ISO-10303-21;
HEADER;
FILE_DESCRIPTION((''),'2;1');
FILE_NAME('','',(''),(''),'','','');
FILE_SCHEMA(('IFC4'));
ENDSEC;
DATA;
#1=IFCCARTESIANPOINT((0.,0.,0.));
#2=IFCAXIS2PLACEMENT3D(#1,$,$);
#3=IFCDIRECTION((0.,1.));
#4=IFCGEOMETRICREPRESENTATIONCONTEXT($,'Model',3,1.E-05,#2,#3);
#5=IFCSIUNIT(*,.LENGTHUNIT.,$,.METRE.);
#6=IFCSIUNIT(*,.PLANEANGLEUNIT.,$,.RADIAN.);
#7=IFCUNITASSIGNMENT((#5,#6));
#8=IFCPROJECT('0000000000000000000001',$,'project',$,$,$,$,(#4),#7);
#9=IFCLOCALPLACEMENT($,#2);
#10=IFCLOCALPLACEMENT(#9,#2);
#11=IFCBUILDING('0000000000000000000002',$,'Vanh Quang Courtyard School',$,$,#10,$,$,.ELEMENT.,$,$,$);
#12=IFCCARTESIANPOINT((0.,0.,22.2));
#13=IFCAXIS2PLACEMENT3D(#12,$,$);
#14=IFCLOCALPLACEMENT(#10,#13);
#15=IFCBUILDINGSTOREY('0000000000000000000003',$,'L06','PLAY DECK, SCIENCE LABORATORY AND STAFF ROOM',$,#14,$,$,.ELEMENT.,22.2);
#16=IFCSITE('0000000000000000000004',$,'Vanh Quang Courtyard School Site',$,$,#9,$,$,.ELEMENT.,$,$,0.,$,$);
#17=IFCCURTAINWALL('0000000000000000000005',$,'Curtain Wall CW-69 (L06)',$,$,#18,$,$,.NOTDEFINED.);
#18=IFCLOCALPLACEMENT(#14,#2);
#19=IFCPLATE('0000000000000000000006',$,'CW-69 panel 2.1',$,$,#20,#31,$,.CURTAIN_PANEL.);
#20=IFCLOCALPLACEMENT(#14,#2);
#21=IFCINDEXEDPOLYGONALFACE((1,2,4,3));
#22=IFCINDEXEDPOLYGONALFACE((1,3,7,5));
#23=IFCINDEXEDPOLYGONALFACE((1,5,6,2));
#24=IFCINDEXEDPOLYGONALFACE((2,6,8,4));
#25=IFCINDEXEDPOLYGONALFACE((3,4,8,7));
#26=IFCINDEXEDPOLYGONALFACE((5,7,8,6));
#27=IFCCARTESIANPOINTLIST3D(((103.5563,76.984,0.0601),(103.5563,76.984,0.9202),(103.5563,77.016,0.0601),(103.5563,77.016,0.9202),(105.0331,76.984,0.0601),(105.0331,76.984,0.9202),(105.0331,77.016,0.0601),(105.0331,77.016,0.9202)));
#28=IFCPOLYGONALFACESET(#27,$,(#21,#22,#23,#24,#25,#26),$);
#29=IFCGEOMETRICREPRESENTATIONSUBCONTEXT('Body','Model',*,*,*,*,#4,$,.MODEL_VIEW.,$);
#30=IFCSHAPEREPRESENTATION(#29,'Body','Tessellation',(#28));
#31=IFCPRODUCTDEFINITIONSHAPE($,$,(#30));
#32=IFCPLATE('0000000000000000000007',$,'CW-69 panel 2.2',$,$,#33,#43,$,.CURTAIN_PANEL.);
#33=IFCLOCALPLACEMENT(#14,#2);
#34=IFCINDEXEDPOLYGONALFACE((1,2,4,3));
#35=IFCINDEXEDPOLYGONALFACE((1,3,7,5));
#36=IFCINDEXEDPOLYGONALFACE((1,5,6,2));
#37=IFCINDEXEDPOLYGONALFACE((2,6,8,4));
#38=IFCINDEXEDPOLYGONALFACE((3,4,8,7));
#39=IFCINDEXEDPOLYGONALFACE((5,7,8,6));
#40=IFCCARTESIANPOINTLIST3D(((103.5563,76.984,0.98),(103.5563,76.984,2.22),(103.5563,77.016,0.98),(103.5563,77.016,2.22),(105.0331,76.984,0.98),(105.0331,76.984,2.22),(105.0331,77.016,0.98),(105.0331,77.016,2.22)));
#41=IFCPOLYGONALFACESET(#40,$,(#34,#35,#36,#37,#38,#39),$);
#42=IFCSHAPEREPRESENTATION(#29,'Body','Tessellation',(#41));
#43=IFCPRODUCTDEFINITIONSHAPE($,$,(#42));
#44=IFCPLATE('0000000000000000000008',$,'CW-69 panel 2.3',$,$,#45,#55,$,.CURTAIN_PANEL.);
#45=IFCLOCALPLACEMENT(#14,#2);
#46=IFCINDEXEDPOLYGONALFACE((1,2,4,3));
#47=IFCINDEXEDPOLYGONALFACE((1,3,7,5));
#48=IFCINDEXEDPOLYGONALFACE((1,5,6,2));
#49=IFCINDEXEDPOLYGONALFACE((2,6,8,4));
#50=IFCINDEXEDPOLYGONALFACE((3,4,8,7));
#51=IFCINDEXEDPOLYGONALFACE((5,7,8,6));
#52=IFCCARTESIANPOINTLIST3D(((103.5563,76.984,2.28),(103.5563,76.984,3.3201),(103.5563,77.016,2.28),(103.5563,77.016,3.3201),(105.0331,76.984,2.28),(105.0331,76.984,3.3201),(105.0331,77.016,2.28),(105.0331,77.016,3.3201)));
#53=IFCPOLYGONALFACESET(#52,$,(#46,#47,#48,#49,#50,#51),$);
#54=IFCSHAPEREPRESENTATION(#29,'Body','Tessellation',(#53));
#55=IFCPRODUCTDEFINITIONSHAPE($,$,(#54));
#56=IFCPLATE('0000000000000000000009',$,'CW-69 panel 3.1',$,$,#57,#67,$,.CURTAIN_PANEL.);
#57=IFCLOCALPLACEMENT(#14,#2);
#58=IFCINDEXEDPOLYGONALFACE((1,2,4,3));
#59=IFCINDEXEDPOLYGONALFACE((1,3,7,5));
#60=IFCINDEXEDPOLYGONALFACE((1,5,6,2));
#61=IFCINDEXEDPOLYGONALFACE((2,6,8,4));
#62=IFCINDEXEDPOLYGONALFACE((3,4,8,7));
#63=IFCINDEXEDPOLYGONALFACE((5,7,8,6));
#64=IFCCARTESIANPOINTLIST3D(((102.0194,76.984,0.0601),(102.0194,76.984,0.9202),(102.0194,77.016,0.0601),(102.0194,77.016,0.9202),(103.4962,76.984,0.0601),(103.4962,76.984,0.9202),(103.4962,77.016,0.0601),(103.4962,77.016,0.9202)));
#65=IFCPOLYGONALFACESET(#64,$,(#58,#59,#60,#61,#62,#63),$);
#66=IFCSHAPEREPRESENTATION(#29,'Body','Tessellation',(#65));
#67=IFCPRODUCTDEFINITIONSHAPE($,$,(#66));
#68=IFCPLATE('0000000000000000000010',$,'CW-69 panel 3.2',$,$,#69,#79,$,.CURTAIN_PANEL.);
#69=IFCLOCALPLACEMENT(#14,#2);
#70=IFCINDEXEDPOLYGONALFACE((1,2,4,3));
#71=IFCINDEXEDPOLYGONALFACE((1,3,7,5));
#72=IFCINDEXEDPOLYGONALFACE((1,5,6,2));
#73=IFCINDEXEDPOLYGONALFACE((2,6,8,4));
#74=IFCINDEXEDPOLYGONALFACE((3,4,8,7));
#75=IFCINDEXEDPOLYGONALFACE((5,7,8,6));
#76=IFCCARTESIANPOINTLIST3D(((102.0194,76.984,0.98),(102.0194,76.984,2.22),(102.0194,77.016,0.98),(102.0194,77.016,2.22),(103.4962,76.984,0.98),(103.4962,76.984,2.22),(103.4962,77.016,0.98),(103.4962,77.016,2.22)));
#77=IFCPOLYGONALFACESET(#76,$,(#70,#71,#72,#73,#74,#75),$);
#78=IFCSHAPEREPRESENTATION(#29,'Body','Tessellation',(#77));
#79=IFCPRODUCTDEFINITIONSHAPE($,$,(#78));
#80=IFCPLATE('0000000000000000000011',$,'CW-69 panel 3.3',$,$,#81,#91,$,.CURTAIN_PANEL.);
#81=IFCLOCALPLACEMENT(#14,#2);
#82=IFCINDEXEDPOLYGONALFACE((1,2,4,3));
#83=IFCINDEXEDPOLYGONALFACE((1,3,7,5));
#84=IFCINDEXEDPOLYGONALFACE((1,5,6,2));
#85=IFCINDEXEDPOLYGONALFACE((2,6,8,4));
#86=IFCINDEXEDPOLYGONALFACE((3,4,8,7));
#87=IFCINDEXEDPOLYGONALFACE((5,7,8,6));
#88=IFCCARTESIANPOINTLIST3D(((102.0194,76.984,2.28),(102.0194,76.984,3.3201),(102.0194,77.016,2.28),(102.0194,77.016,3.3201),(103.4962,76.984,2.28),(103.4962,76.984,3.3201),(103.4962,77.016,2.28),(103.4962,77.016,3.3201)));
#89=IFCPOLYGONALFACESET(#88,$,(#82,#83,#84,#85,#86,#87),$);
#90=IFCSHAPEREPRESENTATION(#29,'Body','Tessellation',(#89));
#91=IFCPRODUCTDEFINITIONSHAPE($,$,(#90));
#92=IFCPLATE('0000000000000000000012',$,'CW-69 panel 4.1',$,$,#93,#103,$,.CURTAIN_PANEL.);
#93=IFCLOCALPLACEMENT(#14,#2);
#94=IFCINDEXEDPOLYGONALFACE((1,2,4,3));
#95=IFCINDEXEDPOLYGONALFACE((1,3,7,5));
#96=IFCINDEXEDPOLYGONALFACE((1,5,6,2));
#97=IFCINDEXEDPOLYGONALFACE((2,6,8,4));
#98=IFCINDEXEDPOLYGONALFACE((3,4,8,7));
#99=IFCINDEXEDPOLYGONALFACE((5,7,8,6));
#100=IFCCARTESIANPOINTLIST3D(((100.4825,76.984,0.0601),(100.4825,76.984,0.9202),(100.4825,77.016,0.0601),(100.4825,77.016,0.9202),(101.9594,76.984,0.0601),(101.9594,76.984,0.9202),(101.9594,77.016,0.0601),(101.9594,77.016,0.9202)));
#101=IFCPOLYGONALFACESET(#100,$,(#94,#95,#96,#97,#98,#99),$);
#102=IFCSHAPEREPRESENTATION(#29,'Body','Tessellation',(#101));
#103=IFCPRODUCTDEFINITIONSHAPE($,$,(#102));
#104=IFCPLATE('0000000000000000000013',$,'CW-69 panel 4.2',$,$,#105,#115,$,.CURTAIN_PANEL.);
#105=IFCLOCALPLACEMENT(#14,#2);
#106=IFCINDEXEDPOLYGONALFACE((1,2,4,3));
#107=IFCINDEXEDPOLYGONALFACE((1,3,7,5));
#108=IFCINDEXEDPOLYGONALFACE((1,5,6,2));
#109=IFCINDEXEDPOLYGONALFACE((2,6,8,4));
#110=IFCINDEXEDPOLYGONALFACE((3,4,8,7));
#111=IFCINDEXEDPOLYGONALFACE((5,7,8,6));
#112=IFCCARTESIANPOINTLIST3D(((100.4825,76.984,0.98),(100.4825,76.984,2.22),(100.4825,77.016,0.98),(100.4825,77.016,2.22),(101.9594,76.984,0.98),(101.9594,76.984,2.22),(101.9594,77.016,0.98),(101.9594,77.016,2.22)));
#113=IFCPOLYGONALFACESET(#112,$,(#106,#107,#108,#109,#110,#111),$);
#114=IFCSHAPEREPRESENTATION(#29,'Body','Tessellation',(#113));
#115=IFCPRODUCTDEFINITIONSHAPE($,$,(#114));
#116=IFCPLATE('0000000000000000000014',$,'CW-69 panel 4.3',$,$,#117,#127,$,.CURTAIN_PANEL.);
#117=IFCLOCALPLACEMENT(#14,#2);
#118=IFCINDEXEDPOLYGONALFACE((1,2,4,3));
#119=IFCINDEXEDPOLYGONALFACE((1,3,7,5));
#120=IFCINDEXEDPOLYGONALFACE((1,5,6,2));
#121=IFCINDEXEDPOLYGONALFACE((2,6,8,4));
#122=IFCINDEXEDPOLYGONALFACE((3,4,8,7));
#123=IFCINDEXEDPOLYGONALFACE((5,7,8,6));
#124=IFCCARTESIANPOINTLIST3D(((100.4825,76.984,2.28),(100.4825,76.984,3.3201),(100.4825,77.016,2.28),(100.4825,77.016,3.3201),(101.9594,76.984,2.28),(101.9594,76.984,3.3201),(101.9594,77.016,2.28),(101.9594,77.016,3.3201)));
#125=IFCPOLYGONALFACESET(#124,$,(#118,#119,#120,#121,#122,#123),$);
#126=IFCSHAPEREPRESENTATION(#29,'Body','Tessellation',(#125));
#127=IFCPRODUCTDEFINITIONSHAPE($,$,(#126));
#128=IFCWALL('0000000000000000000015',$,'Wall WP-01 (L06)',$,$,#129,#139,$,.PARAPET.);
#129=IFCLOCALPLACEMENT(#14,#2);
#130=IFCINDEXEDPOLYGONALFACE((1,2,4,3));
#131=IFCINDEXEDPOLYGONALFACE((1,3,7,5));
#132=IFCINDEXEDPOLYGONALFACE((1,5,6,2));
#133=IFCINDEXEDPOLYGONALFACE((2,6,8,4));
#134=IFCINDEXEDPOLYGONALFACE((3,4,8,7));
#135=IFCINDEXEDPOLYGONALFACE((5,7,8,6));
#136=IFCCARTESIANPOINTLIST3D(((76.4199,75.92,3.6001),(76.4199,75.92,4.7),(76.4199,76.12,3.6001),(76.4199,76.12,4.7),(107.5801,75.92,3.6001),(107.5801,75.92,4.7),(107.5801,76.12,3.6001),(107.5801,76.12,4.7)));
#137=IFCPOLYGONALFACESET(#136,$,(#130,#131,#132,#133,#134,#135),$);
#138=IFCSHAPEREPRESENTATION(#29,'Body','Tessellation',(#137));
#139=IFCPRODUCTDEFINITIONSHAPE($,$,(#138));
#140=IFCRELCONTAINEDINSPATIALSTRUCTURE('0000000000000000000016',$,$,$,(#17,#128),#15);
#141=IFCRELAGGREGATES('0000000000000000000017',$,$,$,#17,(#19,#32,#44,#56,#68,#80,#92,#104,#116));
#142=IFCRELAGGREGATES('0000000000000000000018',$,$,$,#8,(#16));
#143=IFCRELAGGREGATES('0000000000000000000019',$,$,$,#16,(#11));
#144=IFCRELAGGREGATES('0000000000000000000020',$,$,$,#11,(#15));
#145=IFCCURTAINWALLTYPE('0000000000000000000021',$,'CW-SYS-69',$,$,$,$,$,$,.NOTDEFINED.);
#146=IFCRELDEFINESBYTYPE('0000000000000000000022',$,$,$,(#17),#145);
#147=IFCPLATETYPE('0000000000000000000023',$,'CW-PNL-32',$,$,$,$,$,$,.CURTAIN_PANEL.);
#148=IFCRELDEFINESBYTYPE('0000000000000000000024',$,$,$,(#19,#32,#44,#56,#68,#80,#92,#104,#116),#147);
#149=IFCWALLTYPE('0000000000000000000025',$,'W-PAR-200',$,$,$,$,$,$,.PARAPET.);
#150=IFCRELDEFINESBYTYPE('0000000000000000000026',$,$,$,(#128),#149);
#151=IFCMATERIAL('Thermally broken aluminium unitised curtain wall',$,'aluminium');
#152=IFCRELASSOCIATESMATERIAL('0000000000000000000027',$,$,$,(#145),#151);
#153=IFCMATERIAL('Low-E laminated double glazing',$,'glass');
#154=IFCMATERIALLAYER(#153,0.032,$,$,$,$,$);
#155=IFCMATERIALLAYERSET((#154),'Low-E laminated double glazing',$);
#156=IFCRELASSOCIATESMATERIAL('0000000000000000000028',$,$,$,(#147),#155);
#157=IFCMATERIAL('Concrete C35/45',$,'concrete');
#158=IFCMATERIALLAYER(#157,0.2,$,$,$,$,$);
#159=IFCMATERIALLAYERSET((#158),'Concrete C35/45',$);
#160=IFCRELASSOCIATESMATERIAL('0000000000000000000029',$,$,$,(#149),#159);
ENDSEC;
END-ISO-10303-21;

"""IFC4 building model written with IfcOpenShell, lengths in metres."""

from ifc_helpers import new_model, si_unit, direction, frame, frame_2d, origin, origin_2d, place, context, subcontext, project, spatial, rectangle, extrude, material, layer, layer_set, type_object, element, aggregate, save


model = new_model("IFC4")

# Units and contexts
model_context = context("Model", 3, precision=1e-05, world=origin(), true_north=direction((0.0, 1.0)))
body_context = subcontext(model_context, "Body", "Model", "MODEL_VIEW")
ifc_project = project(units=[si_unit("LENGTHUNIT", "METRE"), si_unit("PLANEANGLEUNIT", "RADIAN")], contexts=[model_context])

# Site, building, storey
site_placement = place(None, origin())
site = spatial("IfcSite", under=ifc_project, at=site_placement, Name="Vanh Quang Courtyard School Site", CompositionType="ELEMENT", RefElevation=0.0)
building_placement = place(site_placement, origin())
building = spatial("IfcBuilding", under=site, at=building_placement, Name="Vanh Quang Courtyard School", CompositionType="ELEMENT")
storey_placement = place(building_placement, frame((0.0, 0.0, 22.2)))
storey = spatial("IfcBuildingStorey", under=building, at=storey_placement, Name="L06", Description="PLAY DECK, SCIENCE LABORATORY AND STAFF ROOM", CompositionType="ELEMENT", Elevation=22.2)

# Shared definitions
ifc_material_1 = material(Name="Concrete C35/45", Category="concrete")

# Curtain wall, plates
ifc_material_2 = material(Name="Thermally broken aluminium unitised curtain wall", Category="aluminium")
curtain_wall_type = type_object("IfcCurtainWallType", Name="CW-SYS-69", PredefinedType="NOTDEFINED", material=ifc_material_2)
curtain_wall_placement = place(storey_placement, origin())
curtain_wall = element("IfcCurtainWall", 1, at=curtain_wall_placement, inside=storey, type_object=curtain_wall_type, Name="Curtain Wall CW-69 (L06)", PredefinedType="NOTDEFINED")
ifc_material_3 = material(Name="Low-E laminated double glazing", Category="glass")
ifc_layer_1 = layer(ifc_material_3, 0.032)
ifc_layer_set_1 = layer_set([ifc_layer_1], Name="Low-E laminated double glazing")
plate_type = type_object("IfcPlateType", Name="CW-PNL-32", PredefinedType="CURTAIN_PANEL", material=ifc_layer_set_1)
plate_1_placement = place(storey_placement, frame((104.2947, 77.0, 0.0601), z_axis=(0.0, 0.0, 1.0), x_axis=(-1.0, 0.0, 0.0)))
plate_1 = element("IfcPlate", 2, at=plate_1_placement, type_object=plate_type, Name="CW-69 panel 2.1", PredefinedType="CURTAIN_PANEL", context=body_context, shape_type="SweptSolid", body=[
    extrude(rectangle(XDim=1.4768, YDim=0.032, at=origin_2d()), origin(), (0.0, 0.0, 1.0), 0.8601),
])
plate_2_placement = place(storey_placement, frame((104.2947, 77.0, 0.98), z_axis=(0.0, 0.0, 1.0), x_axis=(-1.0, 0.0, 0.0)))
plate_2 = element("IfcPlate", 3, at=plate_2_placement, type_object=plate_type, Name="CW-69 panel 2.2", PredefinedType="CURTAIN_PANEL", context=body_context, shape_type="SweptSolid", body=[
    extrude(rectangle(XDim=1.4768, YDim=0.032, at=origin_2d()), origin(), (0.0, 0.0, 1.0), 1.24),
])
plate_3_placement = place(storey_placement, frame((104.2947, 77.0, 2.28), z_axis=(0.0, 0.0, 1.0), x_axis=(-1.0, 0.0, 0.0)))
plate_3 = element("IfcPlate", 4, at=plate_3_placement, type_object=plate_type, Name="CW-69 panel 2.3", PredefinedType="CURTAIN_PANEL", context=body_context, shape_type="SweptSolid", body=[
    extrude(rectangle(XDim=1.4768, YDim=0.032, at=origin_2d()), origin(), (0.0, 0.0, 1.0), 1.04),
])
plate_4_placement = place(storey_placement, frame((102.7578, 77.0, 0.0601), z_axis=(0.0, 0.0, 1.0), x_axis=(-1.0, 0.0, 0.0)))
plate_4 = element("IfcPlate", 5, at=plate_4_placement, type_object=plate_type, Name="CW-69 panel 3.1", PredefinedType="CURTAIN_PANEL", context=body_context, shape_type="SweptSolid", body=[
    extrude(rectangle(XDim=1.4768, YDim=0.032, at=origin_2d()), origin(), (0.0, 0.0, 1.0), 0.8601),
])
plate_5_placement = place(storey_placement, frame((102.7578, 77.0, 0.98), z_axis=(0.0, 0.0, 1.0), x_axis=(-1.0, 0.0, 0.0)))
plate_5 = element("IfcPlate", 6, at=plate_5_placement, type_object=plate_type, Name="CW-69 panel 3.2", PredefinedType="CURTAIN_PANEL", context=body_context, shape_type="SweptSolid", body=[
    extrude(rectangle(XDim=1.4768, YDim=0.032, at=origin_2d()), origin(), (0.0, 0.0, 1.0), 1.24),
])
plate_6_placement = place(storey_placement, frame((102.7578, 77.0, 2.28), z_axis=(0.0, 0.0, 1.0), x_axis=(-1.0, 0.0, 0.0)))
plate_6 = element("IfcPlate", 7, at=plate_6_placement, type_object=plate_type, Name="CW-69 panel 3.3", PredefinedType="CURTAIN_PANEL", context=body_context, shape_type="SweptSolid", body=[
    extrude(rectangle(XDim=1.4768, YDim=0.032, at=origin_2d()), origin(), (0.0, 0.0, 1.0), 1.04),
])
plate_7_placement = place(storey_placement, frame((101.2209, 77.0, 0.0601), z_axis=(0.0, 0.0, 1.0), x_axis=(-1.0, 0.0, 0.0)))
plate_7 = element("IfcPlate", 8, at=plate_7_placement, type_object=plate_type, Name="CW-69 panel 4.1", PredefinedType="CURTAIN_PANEL", context=body_context, shape_type="SweptSolid", body=[
    extrude(rectangle(XDim=1.4768, YDim=0.032, at=origin_2d()), origin(), (0.0, 0.0, 1.0), 0.8601),
])
plate_8_placement = place(storey_placement, frame((101.2209, 77.0, 0.98), z_axis=(0.0, 0.0, 1.0), x_axis=(-1.0, 0.0, 0.0)))
plate_8 = element("IfcPlate", 9, at=plate_8_placement, type_object=plate_type, Name="CW-69 panel 4.2", PredefinedType="CURTAIN_PANEL", context=body_context, shape_type="SweptSolid", body=[
    extrude(rectangle(XDim=1.4768, YDim=0.032, at=origin_2d()), origin(), (0.0, 0.0, 1.0), 1.24),
])
plate_9_placement = place(storey_placement, frame((101.2209, 77.0, 2.28), z_axis=(0.0, 0.0, 1.0), x_axis=(-1.0, 0.0, 0.0)))
plate_9 = element("IfcPlate", 10, at=plate_9_placement, type_object=plate_type, Name="CW-69 panel 4.3", PredefinedType="CURTAIN_PANEL", context=body_context, shape_type="SweptSolid", body=[
    extrude(rectangle(XDim=1.4768, YDim=0.032, at=origin_2d()), origin(), (0.0, 0.0, 1.0), 1.04),
])
aggregate(curtain_wall, [plate_1, plate_2, plate_3, plate_4, plate_5, plate_6, plate_7, plate_8, plate_9])

# Wall
ifc_layer_2 = layer(ifc_material_1, 0.2)
ifc_layer_set_2 = layer_set([ifc_layer_2], Name="Concrete C35/45")
wall_type = type_object("IfcWallType", Name="W-PAR-200", PredefinedType="PARAPET", material=ifc_layer_set_2)
wall_placement = place(storey_placement, frame((107.5801, 76.02, 3.6001), z_axis=(0.0, 0.0, 1.0), x_axis=(-1.0, 0.0, 0.0)))
element("IfcWall", 11, at=wall_placement, inside=storey, type_object=wall_type, Name="Wall WP-01 (L06)", PredefinedType="PARAPET", context=body_context, shape_type="SweptSolid", body=[
    extrude(rectangle(XDim=31.1602, YDim=0.2, at=frame_2d((15.5801, 0.0))), origin(), (0.0, 0.0, 1.0), 1.0999),
])

save(model, "model.ifc")
